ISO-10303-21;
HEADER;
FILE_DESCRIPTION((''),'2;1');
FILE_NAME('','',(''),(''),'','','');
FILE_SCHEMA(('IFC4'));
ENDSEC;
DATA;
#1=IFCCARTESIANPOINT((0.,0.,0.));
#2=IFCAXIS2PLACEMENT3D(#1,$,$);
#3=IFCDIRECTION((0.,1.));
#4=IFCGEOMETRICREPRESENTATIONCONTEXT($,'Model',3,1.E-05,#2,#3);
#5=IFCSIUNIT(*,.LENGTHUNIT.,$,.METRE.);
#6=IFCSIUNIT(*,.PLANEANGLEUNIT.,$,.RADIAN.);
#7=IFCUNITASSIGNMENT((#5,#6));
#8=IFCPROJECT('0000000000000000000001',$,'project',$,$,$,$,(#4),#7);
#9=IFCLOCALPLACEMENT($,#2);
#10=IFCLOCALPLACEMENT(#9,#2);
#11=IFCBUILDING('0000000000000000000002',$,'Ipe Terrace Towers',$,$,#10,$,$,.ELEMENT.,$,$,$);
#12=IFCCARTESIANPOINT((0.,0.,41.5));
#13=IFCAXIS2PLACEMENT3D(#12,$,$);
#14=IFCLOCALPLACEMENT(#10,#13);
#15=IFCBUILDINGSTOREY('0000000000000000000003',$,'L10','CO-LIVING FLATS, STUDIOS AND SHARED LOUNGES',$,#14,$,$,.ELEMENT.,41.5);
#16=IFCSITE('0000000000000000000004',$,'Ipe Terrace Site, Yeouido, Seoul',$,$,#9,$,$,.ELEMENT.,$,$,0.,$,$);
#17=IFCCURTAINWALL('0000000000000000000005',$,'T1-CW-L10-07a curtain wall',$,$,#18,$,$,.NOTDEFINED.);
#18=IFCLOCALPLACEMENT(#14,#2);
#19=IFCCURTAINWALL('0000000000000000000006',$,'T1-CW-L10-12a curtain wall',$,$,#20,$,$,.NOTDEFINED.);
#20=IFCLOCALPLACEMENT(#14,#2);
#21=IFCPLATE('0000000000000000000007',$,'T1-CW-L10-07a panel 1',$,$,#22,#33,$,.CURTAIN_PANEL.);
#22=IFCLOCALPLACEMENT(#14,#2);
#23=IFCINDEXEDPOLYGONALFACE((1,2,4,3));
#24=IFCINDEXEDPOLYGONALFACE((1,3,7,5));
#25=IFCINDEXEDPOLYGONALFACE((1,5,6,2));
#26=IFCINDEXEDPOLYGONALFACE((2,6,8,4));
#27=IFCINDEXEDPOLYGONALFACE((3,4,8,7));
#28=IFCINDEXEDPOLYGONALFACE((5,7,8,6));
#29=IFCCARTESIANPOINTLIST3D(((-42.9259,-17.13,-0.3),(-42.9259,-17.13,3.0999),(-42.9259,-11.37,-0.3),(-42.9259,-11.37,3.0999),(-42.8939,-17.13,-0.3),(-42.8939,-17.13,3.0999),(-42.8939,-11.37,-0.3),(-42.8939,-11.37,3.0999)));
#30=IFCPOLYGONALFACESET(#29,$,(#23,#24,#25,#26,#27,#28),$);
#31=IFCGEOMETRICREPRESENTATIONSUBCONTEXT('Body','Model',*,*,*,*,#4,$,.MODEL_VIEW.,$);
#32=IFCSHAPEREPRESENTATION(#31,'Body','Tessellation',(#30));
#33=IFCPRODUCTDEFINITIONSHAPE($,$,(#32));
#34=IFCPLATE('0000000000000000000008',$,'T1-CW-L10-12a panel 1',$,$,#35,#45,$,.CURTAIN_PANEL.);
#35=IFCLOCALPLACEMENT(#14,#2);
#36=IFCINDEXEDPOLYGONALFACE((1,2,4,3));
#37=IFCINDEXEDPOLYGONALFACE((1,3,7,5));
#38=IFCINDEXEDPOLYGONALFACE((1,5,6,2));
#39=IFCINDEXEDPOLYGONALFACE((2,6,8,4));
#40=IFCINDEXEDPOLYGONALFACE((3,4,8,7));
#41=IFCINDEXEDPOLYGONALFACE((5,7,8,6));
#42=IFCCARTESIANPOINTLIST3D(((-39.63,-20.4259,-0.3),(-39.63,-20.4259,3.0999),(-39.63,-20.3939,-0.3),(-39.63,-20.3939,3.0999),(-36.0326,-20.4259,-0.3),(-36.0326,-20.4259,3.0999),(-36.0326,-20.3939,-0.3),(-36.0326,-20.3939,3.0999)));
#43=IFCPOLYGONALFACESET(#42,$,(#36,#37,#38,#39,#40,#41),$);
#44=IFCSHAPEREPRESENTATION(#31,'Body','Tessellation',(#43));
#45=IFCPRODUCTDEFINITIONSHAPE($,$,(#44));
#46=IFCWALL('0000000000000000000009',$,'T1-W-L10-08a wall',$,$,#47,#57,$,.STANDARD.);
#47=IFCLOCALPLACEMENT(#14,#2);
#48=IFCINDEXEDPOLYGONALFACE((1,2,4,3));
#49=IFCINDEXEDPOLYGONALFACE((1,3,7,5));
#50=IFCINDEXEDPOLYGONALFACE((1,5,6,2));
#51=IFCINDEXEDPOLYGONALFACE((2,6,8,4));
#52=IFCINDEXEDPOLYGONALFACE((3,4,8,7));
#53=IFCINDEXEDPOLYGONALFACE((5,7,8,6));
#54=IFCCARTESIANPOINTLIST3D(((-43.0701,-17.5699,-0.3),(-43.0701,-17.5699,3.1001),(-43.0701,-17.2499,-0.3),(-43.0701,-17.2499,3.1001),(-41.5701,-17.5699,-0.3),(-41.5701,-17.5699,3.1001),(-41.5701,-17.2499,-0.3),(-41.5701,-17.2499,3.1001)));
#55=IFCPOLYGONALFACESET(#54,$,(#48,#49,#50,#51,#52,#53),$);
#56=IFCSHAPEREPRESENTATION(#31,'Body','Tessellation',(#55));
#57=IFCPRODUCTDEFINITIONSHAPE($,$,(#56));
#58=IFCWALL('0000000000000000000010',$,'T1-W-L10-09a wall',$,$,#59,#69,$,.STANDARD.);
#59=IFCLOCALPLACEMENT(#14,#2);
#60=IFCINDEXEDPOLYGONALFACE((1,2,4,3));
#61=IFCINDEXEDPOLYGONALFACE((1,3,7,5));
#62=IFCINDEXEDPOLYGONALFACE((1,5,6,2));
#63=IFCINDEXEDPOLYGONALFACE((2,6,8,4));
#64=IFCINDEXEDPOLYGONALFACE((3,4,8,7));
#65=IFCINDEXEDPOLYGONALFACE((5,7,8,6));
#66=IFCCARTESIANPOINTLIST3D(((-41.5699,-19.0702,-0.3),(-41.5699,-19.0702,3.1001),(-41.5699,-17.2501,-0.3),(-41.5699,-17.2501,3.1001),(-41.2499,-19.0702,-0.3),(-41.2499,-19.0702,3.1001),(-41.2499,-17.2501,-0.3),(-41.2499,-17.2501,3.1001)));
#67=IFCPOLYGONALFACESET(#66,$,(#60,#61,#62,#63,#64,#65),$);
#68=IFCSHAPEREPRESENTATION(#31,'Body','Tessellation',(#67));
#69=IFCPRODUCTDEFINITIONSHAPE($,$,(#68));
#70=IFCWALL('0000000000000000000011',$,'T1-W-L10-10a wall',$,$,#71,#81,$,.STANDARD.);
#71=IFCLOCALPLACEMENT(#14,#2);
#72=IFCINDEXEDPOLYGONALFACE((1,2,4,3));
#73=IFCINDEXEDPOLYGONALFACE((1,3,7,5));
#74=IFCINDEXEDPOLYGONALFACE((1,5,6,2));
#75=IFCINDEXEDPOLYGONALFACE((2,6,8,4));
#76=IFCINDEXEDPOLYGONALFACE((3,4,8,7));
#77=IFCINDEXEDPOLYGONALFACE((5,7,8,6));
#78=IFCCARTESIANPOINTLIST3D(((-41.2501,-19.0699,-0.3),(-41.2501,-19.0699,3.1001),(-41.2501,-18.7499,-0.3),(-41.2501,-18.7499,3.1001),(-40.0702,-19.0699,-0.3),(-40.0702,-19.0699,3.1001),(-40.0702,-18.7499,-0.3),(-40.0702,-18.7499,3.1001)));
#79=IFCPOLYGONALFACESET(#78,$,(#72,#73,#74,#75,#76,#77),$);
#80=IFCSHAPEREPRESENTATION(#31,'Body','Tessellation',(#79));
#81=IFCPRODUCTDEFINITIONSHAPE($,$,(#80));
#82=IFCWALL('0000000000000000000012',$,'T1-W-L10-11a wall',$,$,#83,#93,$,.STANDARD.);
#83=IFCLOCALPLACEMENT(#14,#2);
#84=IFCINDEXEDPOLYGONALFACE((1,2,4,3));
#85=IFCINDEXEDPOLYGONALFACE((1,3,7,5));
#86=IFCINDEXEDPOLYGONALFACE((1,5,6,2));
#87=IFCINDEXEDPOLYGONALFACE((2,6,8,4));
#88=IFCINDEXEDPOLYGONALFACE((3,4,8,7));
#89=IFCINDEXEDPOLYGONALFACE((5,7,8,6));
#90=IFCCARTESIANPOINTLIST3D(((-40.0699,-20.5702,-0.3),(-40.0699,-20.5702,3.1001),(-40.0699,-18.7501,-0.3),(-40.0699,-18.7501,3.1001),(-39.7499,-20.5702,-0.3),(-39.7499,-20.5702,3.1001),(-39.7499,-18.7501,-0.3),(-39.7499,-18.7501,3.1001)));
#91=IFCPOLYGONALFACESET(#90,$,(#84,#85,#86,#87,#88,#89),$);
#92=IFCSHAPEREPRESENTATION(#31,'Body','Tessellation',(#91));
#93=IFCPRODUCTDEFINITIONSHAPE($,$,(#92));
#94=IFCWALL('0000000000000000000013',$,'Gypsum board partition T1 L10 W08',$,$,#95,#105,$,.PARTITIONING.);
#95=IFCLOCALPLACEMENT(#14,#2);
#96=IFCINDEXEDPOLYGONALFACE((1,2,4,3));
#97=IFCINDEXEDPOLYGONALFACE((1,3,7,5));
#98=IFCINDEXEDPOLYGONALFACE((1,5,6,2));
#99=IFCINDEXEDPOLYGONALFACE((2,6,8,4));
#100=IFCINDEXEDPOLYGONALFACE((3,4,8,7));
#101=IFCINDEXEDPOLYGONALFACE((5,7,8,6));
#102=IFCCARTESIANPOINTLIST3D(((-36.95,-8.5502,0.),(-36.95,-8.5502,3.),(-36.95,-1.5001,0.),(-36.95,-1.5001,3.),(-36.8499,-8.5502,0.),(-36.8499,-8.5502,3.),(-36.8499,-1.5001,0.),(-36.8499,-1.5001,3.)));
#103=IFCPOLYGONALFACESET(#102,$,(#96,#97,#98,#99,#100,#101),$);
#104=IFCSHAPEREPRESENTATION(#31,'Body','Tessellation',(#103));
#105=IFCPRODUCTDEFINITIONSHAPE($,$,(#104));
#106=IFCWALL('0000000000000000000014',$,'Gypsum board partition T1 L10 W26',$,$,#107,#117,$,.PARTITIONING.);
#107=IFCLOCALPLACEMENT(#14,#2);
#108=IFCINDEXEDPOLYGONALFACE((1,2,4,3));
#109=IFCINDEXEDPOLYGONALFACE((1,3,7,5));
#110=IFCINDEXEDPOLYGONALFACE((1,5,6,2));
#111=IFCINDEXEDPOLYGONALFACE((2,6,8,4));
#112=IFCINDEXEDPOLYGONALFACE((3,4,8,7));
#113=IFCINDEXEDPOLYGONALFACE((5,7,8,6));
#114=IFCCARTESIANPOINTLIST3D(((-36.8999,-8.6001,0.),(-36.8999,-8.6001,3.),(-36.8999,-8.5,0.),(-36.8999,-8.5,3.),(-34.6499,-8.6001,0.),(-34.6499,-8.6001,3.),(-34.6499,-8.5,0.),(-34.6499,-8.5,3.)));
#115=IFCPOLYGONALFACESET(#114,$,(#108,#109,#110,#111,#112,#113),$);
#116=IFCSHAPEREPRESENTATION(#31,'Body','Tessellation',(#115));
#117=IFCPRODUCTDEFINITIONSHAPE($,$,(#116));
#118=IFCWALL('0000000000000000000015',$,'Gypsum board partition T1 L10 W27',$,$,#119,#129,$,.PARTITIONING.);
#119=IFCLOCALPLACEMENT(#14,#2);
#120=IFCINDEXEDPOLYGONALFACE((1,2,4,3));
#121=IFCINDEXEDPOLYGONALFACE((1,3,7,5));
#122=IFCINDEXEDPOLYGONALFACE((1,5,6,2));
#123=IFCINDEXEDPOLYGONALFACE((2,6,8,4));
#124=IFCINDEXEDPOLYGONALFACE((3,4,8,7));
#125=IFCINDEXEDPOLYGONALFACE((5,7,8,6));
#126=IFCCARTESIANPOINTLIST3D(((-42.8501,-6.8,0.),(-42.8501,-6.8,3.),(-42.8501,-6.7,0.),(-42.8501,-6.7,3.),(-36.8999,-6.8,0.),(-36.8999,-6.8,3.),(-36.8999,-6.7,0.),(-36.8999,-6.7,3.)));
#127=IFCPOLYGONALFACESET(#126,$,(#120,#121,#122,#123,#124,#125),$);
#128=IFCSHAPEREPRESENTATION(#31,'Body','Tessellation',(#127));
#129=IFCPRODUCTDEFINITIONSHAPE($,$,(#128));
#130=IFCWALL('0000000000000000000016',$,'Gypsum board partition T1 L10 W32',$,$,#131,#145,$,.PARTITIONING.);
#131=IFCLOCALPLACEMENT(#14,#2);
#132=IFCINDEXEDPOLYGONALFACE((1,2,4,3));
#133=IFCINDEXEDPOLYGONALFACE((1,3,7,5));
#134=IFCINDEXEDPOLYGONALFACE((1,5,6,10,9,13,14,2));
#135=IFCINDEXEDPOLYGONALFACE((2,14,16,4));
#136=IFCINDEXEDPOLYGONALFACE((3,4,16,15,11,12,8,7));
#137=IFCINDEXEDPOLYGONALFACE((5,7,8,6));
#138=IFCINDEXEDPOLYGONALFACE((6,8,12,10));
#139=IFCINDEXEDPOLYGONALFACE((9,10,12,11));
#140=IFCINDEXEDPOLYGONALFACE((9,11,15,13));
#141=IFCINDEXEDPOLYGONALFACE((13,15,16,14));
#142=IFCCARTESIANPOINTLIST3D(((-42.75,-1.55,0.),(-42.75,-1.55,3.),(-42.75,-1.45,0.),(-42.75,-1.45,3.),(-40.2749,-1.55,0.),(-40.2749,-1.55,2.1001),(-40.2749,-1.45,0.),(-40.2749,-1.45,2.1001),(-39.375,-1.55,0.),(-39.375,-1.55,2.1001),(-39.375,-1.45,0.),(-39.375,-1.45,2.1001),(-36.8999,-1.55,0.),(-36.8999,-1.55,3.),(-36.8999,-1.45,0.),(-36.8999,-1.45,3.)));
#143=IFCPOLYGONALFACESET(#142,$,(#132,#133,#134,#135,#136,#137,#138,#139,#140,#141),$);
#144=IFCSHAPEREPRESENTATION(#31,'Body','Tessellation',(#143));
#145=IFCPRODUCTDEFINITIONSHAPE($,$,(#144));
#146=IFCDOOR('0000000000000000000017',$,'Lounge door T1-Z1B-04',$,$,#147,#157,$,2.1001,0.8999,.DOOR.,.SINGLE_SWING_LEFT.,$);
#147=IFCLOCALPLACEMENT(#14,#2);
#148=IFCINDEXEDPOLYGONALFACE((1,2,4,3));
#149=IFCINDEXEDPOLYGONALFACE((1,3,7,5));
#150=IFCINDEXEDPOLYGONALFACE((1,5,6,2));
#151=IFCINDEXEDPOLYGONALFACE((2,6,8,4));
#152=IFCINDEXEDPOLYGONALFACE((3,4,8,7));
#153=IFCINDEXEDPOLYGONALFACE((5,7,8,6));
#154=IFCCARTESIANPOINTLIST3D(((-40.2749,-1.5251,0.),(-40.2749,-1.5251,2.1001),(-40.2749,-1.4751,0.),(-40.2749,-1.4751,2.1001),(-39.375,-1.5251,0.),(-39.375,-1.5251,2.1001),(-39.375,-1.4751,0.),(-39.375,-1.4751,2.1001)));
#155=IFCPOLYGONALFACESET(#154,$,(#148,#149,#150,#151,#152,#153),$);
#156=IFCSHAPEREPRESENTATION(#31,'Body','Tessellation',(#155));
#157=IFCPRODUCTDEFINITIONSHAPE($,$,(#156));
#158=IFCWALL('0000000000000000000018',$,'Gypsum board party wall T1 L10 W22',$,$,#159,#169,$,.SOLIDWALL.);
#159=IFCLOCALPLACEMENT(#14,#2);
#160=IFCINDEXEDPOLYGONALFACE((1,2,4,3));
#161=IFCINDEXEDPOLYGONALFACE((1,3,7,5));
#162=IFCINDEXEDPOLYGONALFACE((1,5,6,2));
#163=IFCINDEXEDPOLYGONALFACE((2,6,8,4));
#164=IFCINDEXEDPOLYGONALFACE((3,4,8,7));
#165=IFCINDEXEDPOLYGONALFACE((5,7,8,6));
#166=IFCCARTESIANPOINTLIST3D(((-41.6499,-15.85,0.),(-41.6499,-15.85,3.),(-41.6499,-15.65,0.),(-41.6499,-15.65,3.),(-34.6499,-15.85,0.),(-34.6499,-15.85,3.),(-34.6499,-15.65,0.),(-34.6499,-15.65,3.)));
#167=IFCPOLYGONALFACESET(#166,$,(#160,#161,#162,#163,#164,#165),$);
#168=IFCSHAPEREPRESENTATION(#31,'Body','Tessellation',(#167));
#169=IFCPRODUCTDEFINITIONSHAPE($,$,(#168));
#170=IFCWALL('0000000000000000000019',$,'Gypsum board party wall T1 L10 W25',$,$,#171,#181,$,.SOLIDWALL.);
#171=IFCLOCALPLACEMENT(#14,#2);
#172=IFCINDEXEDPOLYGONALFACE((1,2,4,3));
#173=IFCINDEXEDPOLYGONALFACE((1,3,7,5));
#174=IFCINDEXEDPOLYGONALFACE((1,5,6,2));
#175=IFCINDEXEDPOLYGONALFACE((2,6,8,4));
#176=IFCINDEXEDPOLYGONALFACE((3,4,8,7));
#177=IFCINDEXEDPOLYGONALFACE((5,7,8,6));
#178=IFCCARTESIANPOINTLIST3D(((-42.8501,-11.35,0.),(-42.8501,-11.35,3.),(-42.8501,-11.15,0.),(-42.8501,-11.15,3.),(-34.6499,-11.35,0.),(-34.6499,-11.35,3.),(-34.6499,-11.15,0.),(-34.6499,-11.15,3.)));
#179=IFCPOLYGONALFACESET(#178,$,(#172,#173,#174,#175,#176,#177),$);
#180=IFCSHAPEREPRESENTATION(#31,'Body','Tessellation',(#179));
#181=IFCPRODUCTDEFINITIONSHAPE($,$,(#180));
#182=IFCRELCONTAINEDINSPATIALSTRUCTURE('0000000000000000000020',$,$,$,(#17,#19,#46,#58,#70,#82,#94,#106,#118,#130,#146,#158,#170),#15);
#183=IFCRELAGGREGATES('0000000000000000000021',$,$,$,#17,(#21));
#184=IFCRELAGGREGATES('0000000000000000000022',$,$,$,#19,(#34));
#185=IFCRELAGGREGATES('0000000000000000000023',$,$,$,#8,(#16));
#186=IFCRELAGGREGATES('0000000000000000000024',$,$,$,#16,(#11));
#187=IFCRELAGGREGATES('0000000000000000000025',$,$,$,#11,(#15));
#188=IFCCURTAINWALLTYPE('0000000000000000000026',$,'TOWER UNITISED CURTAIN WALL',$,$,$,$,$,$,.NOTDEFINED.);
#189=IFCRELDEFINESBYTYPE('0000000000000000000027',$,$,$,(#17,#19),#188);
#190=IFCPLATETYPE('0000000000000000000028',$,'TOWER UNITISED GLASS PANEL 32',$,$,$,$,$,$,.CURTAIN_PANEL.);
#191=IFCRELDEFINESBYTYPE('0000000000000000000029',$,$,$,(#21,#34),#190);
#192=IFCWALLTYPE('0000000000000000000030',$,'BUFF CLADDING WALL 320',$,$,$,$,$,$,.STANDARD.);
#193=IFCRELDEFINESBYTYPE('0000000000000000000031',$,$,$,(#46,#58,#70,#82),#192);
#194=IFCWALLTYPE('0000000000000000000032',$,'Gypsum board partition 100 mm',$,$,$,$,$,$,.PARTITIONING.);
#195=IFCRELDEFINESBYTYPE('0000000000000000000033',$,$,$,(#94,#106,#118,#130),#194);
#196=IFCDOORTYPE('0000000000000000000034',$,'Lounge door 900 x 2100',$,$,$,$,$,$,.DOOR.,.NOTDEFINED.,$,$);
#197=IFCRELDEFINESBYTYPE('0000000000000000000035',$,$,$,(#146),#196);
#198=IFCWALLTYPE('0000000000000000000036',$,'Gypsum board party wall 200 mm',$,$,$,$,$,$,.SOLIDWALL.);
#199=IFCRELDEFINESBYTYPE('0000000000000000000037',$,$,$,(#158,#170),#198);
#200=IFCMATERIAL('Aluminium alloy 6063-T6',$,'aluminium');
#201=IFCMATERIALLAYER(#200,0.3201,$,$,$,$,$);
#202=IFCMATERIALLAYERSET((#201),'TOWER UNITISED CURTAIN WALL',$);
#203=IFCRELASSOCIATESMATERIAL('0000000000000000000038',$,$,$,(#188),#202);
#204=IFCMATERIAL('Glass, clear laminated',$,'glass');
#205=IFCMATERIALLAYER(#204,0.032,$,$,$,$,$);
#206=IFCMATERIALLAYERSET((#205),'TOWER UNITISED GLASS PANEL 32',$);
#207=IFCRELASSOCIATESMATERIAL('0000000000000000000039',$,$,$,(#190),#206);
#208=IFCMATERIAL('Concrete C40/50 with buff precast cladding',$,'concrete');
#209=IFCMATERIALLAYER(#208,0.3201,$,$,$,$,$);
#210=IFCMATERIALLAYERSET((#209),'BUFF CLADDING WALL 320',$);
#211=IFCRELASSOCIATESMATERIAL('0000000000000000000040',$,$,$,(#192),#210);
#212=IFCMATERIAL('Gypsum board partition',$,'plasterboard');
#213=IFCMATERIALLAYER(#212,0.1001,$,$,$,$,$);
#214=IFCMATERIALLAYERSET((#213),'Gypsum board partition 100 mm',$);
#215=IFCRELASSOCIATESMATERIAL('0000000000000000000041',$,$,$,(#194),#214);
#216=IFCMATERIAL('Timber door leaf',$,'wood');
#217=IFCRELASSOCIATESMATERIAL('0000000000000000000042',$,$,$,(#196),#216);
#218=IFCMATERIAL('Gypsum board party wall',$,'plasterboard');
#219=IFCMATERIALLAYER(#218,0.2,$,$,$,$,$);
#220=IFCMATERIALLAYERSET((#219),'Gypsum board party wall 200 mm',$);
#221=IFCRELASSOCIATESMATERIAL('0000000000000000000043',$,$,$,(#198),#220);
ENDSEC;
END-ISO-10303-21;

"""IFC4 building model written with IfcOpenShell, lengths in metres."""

from ifc_helpers import new_model, si_unit, direction, frame, frame_2d, origin, origin_2d, place, context, subcontext, project, spatial, rectangle, extrude, material, layer, layer_set, type_object, element, fill, aggregate, save


model = new_model("IFC4")

# Units and contexts
model_context = context("Model", 3, precision=1e-05, world=origin(), true_north=direction((0.0, 1.0)))
body_context = subcontext(model_context, "Body", "Model", "MODEL_VIEW")
ifc_project = project(units=[si_unit("LENGTHUNIT", "METRE"), si_unit("PLANEANGLEUNIT", "RADIAN")], contexts=[model_context])

# Site, building, storey
site_placement = place(None, origin())
site = spatial("IfcSite", under=ifc_project, at=site_placement, Name="Ipe Terrace Site, Yeouido, Seoul", CompositionType="ELEMENT", RefElevation=0.0)
building_placement = place(site_placement, origin())
building = spatial("IfcBuilding", under=site, at=building_placement, Name="Ipe Terrace Towers", CompositionType="ELEMENT")
storey_placement = place(building_placement, frame((0.0, 0.0, 41.5)))
storey = spatial("IfcBuildingStorey", under=building, at=storey_placement, Name="L10", Description="CO-LIVING FLATS, STUDIOS AND SHARED LOUNGES", CompositionType="ELEMENT", Elevation=41.5)

# Curtain wall
ifc_material_1 = material(Name="Aluminium alloy 6063-T6", Category="aluminium")
ifc_layer_1 = layer(ifc_material_1, 0.3201)
ifc_layer_set_1 = layer_set([ifc_layer_1], Name="TOWER UNITISED CURTAIN WALL")
curtain_wall_type = type_object("IfcCurtainWallType", Name="TOWER UNITISED CURTAIN WALL", PredefinedType="NOTDEFINED", material=ifc_layer_set_1)
curtain_wall_1_placement = place(storey_placement, origin())
curtain_wall_1 = element("IfcCurtainWall", 1, at=curtain_wall_1_placement, inside=storey, type_object=curtain_wall_type, Name="T1-CW-L10-07a curtain wall", PredefinedType="NOTDEFINED")

# Curtain wall
curtain_wall_2_placement = place(storey_placement, origin())
curtain_wall_2 = element("IfcCurtainWall", 2, at=curtain_wall_2_placement, inside=storey, type_object=curtain_wall_type, Name="T1-CW-L10-12a curtain wall", PredefinedType="NOTDEFINED")

# Plates
ifc_material_2 = material(Name="Glass, clear laminated", Category="glass")
ifc_layer_2 = layer(ifc_material_2, 0.032)
ifc_layer_set_2 = layer_set([ifc_layer_2], Name="TOWER UNITISED GLASS PANEL 32")
plate_type = type_object("IfcPlateType", Name="TOWER UNITISED GLASS PANEL 32", PredefinedType="CURTAIN_PANEL", material=ifc_layer_set_2)
plate_1_placement = place(storey_placement, frame((-42.9099, -14.25, -0.3), z_axis=(0.0, 0.0, 1.0), x_axis=(0.0, -1.0, 0.0)))
plate_1 = element("IfcPlate", 3, at=plate_1_placement, type_object=plate_type, Name="T1-CW-L10-07a panel 1", PredefinedType="CURTAIN_PANEL", context=body_context, shape_type="SweptSolid", body=[
    extrude(rectangle(XDim=5.76, YDim=0.032, at=origin_2d()), origin(), (0.0, 0.0, 1.0), 3.3999),
])
aggregate(curtain_wall_1, [plate_1])
plate_2_placement = place(storey_placement, frame((-37.8313, -20.4099, -0.3), z_axis=(0.0, 0.0, 1.0), x_axis=(1.0, 0.0, 0.0)))
plate_2 = element("IfcPlate", 4, at=plate_2_placement, type_object=plate_type, Name="T1-CW-L10-12a panel 1", PredefinedType="CURTAIN_PANEL", context=body_context, shape_type="SweptSolid", body=[
    extrude(rectangle(XDim=3.5974, YDim=0.032, at=origin_2d()), origin(), (0.0, 0.0, 1.0), 3.3999),
])
aggregate(curtain_wall_2, [plate_2])

# Walls
ifc_material_3 = material(Name="Concrete C40/50 with buff precast cladding", Category="concrete")
ifc_layer_3 = layer(ifc_material_3, 0.3201)
ifc_layer_set_3 = layer_set([ifc_layer_3], Name="BUFF CLADDING WALL 320")
wall_type_1 = type_object("IfcWallType", Name="BUFF CLADDING WALL 320", PredefinedType="STANDARD", material=ifc_layer_set_3)
wall_1_placement = place(storey_placement, frame((-43.0701, -17.4099, -0.3), z_axis=(0.0, 0.0, 1.0), x_axis=(1.0, 0.0, 0.0)))
element("IfcWall", 5, at=wall_1_placement, inside=storey, type_object=wall_type_1, Name="T1-W-L10-08a wall", PredefinedType="STANDARD", context=body_context, shape_type="SweptSolid", body=[
    extrude(rectangle(XDim=1.5, YDim=0.3201, at=frame_2d((0.75, 0.0))), origin(), (0.0, 0.0, 1.0), 3.4001),
])
wall_2_placement = place(storey_placement, frame((-41.4099, -17.25, -0.3), z_axis=(0.0, 0.0, 1.0), x_axis=(0.0, -1.0, 0.0)))
element("IfcWall", 6, at=wall_2_placement, inside=storey, type_object=wall_type_1, Name="T1-W-L10-09a wall", PredefinedType="STANDARD", context=body_context, shape_type="SweptSolid", body=[
    extrude(rectangle(XDim=1.8201, YDim=0.3201, at=frame_2d((0.9102, 0.0))), origin(), (0.0, 0.0, 1.0), 3.4001),
])
wall_3_placement = place(storey_placement, frame((-41.25, -18.9099, -0.3), z_axis=(0.0, 0.0, 1.0), x_axis=(1.0, 0.0, 0.0)))
element("IfcWall", 7, at=wall_3_placement, inside=storey, type_object=wall_type_1, Name="T1-W-L10-10a wall", PredefinedType="STANDARD", context=body_context, shape_type="SweptSolid", body=[
    extrude(rectangle(XDim=1.1799, YDim=0.3201, at=frame_2d((0.5898, 0.0))), origin(), (0.0, 0.0, 1.0), 3.4001),
])
wall_4_placement = place(storey_placement, frame((-39.9099, -18.75, -0.3), z_axis=(0.0, 0.0, 1.0), x_axis=(0.0, -1.0, 0.0)))
element("IfcWall", 8, at=wall_4_placement, inside=storey, type_object=wall_type_1, Name="T1-W-L10-11a wall", PredefinedType="STANDARD", context=body_context, shape_type="SweptSolid", body=[
    extrude(rectangle(XDim=1.8201, YDim=0.3201, at=frame_2d((0.9102, 0.0))), origin(), (0.0, 0.0, 1.0), 3.4001),
])
ifc_material_4 = material(Name="Gypsum board partition", Category="plasterboard")
ifc_layer_4 = layer(ifc_material_4, 0.1001)
ifc_layer_set_4 = layer_set([ifc_layer_4], Name="Gypsum board partition 100 mm")
wall_type_2 = type_object("IfcWallType", Name="Gypsum board partition 100 mm", PredefinedType="PARTITIONING", material=ifc_layer_set_4)
wall_5_placement = place(storey_placement, frame((-36.8999, -8.55, 0.0), z_axis=(0.0, 0.0, 1.0), x_axis=(0.0, 1.0, 0.0)))
element("IfcWall", 9, at=wall_5_placement, inside=storey, type_object=wall_type_2, Name="Gypsum board partition T1 L10 W08", PredefinedType="PARTITIONING", context=body_context, shape_type="SweptSolid", body=[
    extrude(rectangle(XDim=7.05, YDim=0.1001, at=frame_2d((3.5249, 0.0))), origin(), (0.0, 0.0, 1.0), 3.0),
])
wall_6_placement = place(storey_placement, frame((-36.8999, -8.55, 0.0), z_axis=(0.0, 0.0, 1.0), x_axis=(1.0, 0.0, 0.0)))
element("IfcWall", 10, at=wall_6_placement, inside=storey, type_object=wall_type_2, Name="Gypsum board partition T1 L10 W26", PredefinedType="PARTITIONING", context=body_context, shape_type="SweptSolid", body=[
    extrude(rectangle(XDim=2.25, YDim=0.1001, at=frame_2d((1.125, 0.0))), origin(), (0.0, 0.0, 1.0), 3.0),
])
wall_7_placement = place(storey_placement, frame((-42.8501, -6.75, 0.0), z_axis=(0.0, 0.0, 1.0), x_axis=(1.0, 0.0, 0.0)))
element("IfcWall", 11, at=wall_7_placement, inside=storey, type_object=wall_type_2, Name="Gypsum board partition T1 L10 W27", PredefinedType="PARTITIONING", context=body_context, shape_type="SweptSolid", body=[
    extrude(rectangle(XDim=5.9502, YDim=0.1001, at=frame_2d((2.9751, 0.0))), origin(), (0.0, 0.0, 1.0), 3.0),
])

# Wall, opening, door
wall_8_placement = place(storey_placement, frame((-42.75, -1.5, 0.0), z_axis=(0.0, 0.0, 1.0), x_axis=(1.0, 0.0, 0.0)))
wall_8 = element("IfcWall", 12, at=wall_8_placement, inside=storey, type_object=wall_type_2, Name="Gypsum board partition T1 L10 W32", PredefinedType="PARTITIONING", context=body_context, shape_type="SweptSolid", body=[
    extrude(rectangle(XDim=5.8501, YDim=0.1001, at=frame_2d((2.925, 0.0))), origin(), (0.0, 0.0, 1.0), 3.0),
])
opening_1_placement = place(wall_8_placement, frame((2.4751, 0.0, 0.0)))
opening_1 = element("IfcOpeningElement", 13, at=opening_1_placement, cuts=wall_8, PredefinedType="OPENING", context=body_context, shape_type="SweptSolid", body=[
    extrude(rectangle(XDim=0.8999, YDim=2.1001, at=frame_2d((0.45, 1.05))), frame((0.0, 0.0601, 0.0), z_axis=(0.0, -1.0, 0.0), x_axis=(1.0, 0.0, 0.0)), (0.0, 0.0, 1.0), 0.1201),
])
ifc_material_5 = material(Name="Timber door leaf", Category="wood")
door_type_1 = type_object("IfcDoorType", Name="Lounge door 900 x 2100", OperationType="NOTDEFINED", PredefinedType="DOOR", material=ifc_material_5)
door_1_placement = place(opening_1_placement, origin())
door_1 = element("IfcDoor", 14, at=door_1_placement, inside=storey, type_object=door_type_1, Name="Lounge door T1-Z1B-04", OperationType="SINGLE_SWING_LEFT", OverallHeight=2.1001, OverallWidth=0.8999, PredefinedType="DOOR", context=body_context, shape_type="SweptSolid", body=[
    extrude(rectangle(XDim=0.8999, YDim=2.1001, at=frame_2d((0.45, 1.05))), frame((0.0, 0.0249, 0.0), z_axis=(0.0, -1.0, 0.0), x_axis=(1.0, 0.0, 0.0)), (0.0, 0.0, 1.0), 0.05),
])
fill(opening_1, door_1)

# Walls
ifc_material_6 = material(Name="Gypsum board party wall", Category="plasterboard")
ifc_layer_5 = layer(ifc_material_6, 0.2)
ifc_layer_set_5 = layer_set([ifc_layer_5], Name="Gypsum board party wall 200 mm")
wall_type_3 = type_object("IfcWallType", Name="Gypsum board party wall 200 mm", PredefinedType="SOLIDWALL", material=ifc_layer_set_5)
wall_9_placement = place(storey_placement, frame((-41.6499, -15.75, 0.0), z_axis=(0.0, 0.0, 1.0), x_axis=(1.0, 0.0, 0.0)))
element("IfcWall", 15, at=wall_9_placement, inside=storey, type_object=wall_type_3, Name="Gypsum board party wall T1 L10 W22", PredefinedType="SOLIDWALL", context=body_context, shape_type="SweptSolid", body=[
    extrude(rectangle(XDim=7.0, YDim=0.2, at=frame_2d((3.5, 0.0))), origin(), (0.0, 0.0, 1.0), 3.0),
])
wall_10_placement = place(storey_placement, frame((-42.8501, -11.25, 0.0), z_axis=(0.0, 0.0, 1.0), x_axis=(1.0, 0.0, 0.0)))
element("IfcWall", 16, at=wall_10_placement, inside=storey, type_object=wall_type_3, Name="Gypsum board party wall T1 L10 W25", PredefinedType="SOLIDWALL", context=body_context, shape_type="SweptSolid", body=[
    extrude(rectangle(XDim=8.2002, YDim=0.2, at=frame_2d((4.1001, 0.0))), origin(), (0.0, 0.0, 1.0), 3.0),
])

save(model, "model.ifc")
